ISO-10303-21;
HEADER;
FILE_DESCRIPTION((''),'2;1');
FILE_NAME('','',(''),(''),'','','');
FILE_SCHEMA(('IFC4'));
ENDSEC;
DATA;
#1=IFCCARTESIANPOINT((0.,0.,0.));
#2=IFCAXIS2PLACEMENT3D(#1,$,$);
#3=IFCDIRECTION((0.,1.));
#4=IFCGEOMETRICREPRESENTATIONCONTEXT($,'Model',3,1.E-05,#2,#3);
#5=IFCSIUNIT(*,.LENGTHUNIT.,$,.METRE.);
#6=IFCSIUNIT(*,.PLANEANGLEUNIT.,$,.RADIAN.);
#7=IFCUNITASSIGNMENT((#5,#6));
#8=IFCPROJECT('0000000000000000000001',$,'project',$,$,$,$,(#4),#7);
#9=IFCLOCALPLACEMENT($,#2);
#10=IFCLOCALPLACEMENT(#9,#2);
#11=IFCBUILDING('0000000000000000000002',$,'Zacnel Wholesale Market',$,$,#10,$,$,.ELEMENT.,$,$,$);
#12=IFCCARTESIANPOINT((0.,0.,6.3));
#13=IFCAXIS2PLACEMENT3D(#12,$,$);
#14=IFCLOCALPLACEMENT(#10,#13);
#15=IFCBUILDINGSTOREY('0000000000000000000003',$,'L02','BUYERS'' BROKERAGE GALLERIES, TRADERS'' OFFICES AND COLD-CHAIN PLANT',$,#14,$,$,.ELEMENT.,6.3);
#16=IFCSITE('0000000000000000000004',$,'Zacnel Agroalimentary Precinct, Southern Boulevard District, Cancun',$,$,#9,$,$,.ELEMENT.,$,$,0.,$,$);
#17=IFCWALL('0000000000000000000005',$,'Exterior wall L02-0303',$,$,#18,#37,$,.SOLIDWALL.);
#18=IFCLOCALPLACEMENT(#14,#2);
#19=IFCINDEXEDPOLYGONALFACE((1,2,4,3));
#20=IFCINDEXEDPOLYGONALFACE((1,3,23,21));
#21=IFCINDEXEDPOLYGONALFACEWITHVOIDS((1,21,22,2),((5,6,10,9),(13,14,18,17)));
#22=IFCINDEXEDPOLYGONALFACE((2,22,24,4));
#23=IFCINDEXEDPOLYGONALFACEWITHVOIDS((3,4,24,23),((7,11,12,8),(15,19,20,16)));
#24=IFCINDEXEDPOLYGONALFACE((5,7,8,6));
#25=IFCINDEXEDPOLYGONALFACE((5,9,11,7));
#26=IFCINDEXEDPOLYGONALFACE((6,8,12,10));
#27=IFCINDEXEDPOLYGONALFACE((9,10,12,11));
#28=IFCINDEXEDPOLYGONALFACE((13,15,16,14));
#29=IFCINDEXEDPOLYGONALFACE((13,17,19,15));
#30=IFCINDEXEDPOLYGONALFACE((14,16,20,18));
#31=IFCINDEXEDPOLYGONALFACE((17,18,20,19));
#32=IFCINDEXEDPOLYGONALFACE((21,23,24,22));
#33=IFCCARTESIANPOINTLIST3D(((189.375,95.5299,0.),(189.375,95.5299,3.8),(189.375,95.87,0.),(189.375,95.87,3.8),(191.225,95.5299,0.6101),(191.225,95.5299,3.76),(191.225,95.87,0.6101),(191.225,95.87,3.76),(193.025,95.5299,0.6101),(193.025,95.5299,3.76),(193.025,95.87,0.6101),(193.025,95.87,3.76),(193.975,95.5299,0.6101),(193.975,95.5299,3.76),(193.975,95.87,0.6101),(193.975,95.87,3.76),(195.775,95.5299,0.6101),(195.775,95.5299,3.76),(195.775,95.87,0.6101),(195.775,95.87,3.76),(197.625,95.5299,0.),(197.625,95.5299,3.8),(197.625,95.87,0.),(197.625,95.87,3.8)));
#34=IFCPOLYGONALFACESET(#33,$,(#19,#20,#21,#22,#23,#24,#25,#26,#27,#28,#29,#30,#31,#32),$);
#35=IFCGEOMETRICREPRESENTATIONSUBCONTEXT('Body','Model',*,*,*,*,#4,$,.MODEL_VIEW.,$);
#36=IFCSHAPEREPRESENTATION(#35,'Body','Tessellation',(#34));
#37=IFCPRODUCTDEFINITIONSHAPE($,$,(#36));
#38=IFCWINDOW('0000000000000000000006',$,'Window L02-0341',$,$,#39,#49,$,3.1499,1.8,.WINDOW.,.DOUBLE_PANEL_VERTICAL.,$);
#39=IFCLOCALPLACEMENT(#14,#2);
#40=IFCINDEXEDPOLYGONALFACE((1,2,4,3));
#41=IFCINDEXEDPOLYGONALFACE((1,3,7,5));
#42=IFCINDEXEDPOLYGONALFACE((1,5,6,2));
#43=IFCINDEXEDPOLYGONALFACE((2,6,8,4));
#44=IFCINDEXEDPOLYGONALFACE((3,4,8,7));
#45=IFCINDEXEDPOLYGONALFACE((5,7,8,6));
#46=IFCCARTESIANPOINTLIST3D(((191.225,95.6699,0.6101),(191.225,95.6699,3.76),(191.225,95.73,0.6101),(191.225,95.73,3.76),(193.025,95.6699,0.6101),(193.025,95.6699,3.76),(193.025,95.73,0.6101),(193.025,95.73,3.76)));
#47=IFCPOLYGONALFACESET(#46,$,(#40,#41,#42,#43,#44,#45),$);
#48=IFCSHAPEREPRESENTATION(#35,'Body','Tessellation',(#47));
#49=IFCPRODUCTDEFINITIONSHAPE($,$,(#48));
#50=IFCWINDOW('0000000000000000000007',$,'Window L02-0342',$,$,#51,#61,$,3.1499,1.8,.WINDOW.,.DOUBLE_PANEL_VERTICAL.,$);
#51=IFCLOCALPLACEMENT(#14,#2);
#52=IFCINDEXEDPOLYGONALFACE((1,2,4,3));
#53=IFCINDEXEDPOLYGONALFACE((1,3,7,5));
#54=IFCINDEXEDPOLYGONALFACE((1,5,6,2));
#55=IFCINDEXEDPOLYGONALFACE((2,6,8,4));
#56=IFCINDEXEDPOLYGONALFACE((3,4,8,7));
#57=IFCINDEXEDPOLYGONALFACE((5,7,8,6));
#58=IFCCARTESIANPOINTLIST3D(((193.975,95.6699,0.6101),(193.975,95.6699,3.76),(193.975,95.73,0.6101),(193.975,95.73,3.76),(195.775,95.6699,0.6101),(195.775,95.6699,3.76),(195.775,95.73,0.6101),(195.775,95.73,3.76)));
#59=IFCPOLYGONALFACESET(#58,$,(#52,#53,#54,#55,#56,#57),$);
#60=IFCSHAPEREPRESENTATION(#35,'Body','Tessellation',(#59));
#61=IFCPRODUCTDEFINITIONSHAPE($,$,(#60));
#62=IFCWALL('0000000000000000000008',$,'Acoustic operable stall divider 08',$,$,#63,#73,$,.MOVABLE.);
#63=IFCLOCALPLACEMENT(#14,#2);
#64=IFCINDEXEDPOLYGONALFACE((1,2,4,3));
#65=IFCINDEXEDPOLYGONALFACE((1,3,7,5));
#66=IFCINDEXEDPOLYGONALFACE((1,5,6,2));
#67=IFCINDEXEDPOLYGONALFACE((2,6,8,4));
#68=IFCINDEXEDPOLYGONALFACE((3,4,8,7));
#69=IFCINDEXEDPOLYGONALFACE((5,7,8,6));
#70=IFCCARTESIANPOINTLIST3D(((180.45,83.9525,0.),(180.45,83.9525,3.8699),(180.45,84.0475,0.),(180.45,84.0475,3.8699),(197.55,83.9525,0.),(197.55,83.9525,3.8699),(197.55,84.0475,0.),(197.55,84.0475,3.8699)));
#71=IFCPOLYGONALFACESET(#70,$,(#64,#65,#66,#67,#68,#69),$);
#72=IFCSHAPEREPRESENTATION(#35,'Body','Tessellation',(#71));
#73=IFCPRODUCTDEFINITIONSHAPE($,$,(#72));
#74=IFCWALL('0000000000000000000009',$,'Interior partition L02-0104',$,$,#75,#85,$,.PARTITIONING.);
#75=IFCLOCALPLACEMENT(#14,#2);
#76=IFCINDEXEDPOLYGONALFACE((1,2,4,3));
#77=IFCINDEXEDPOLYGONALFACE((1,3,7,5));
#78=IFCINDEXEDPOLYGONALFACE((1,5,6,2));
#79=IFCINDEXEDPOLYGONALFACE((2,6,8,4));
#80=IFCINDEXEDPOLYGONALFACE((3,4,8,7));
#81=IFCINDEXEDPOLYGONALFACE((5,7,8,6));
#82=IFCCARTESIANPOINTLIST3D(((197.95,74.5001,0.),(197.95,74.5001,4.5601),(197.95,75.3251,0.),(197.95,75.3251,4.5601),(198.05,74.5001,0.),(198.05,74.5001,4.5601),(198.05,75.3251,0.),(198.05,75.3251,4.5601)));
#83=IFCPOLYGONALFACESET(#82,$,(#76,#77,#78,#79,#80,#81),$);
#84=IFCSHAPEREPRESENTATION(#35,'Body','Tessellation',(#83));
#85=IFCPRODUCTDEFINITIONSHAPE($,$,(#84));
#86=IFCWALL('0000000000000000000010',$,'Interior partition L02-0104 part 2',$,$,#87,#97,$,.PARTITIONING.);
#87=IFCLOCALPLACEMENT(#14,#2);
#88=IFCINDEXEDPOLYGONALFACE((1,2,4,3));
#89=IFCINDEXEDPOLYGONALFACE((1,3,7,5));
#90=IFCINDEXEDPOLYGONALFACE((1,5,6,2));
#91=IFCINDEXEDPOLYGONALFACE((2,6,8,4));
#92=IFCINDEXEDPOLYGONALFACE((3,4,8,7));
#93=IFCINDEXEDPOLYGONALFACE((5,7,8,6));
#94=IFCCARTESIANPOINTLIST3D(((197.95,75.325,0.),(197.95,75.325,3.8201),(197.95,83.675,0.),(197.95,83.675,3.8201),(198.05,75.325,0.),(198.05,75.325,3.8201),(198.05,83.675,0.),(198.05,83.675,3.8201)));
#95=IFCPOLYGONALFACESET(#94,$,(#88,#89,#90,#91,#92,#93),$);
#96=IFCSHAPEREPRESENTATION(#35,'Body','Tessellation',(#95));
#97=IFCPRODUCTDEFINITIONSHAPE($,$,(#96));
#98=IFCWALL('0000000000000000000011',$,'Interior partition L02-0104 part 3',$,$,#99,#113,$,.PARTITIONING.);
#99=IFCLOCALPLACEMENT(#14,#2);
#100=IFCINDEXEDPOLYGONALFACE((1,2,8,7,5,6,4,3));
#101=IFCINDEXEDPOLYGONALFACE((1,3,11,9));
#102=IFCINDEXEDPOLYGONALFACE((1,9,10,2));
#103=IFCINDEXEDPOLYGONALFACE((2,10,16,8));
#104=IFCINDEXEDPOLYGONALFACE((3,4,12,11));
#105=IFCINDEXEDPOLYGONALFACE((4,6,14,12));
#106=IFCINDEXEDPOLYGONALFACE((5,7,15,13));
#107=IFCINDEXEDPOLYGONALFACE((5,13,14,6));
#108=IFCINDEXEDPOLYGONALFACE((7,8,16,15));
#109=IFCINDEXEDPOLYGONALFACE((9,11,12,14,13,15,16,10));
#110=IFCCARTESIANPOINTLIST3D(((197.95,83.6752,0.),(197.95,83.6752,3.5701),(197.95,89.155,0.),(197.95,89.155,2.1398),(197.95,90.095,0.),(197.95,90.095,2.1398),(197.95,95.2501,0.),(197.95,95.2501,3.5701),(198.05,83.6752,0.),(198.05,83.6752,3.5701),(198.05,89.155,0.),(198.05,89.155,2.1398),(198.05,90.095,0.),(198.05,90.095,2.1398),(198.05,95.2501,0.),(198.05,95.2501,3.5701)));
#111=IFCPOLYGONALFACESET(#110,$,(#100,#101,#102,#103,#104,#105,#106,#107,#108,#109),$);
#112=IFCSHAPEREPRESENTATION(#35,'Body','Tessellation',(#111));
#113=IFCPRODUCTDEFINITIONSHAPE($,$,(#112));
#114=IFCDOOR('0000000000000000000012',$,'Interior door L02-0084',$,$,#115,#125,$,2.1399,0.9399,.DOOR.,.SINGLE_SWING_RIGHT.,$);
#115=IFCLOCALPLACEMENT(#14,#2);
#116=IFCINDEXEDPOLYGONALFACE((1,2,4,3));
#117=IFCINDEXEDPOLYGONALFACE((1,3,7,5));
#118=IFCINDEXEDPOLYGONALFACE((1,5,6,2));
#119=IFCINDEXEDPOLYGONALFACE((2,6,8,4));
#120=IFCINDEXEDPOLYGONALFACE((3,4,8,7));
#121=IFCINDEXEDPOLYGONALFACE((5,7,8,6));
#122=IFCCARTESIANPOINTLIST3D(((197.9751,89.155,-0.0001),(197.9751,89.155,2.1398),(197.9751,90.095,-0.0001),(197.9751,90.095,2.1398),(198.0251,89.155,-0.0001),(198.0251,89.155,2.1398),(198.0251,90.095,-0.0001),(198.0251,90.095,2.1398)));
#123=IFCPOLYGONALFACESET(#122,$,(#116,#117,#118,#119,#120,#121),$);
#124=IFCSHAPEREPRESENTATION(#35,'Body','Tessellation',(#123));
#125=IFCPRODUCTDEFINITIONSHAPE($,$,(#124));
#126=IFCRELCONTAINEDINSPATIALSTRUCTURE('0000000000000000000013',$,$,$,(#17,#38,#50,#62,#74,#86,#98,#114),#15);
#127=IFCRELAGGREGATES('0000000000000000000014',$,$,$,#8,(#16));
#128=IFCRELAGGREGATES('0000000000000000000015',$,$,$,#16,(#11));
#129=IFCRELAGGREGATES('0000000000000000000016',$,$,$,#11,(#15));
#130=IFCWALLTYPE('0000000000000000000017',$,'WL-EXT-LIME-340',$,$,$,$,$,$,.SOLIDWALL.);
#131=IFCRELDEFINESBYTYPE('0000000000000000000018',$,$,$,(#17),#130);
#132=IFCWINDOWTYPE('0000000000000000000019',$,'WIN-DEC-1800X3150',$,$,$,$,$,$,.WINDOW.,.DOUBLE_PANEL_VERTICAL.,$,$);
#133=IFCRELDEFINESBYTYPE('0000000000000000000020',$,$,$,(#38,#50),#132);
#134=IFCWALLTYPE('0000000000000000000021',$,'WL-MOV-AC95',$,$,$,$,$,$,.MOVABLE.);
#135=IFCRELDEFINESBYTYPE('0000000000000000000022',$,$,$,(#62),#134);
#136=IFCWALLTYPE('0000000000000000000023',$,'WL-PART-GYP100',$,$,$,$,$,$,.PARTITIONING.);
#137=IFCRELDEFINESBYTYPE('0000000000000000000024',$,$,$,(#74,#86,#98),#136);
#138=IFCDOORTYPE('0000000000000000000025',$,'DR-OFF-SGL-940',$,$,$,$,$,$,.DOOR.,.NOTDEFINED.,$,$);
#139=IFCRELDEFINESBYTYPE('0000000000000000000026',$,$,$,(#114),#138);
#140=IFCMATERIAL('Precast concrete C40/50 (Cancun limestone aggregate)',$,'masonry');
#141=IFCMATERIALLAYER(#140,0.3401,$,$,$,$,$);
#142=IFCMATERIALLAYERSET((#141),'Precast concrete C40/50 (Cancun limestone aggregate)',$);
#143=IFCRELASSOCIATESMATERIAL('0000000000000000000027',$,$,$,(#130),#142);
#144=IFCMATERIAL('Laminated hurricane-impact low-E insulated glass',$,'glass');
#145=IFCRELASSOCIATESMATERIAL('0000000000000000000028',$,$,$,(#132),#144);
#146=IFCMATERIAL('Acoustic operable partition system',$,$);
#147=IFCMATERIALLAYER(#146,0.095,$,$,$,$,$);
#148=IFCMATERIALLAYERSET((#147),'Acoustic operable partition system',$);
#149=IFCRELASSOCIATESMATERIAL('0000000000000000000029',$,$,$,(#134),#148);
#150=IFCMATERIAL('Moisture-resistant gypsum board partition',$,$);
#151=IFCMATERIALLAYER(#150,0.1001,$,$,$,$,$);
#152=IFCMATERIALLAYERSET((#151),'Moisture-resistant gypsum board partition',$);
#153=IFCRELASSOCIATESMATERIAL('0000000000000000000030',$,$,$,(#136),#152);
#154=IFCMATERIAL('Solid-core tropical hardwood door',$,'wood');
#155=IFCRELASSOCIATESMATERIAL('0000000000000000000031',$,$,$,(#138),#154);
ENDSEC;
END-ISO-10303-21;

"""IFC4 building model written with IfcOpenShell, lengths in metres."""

from ifc_helpers import new_model, si_unit, direction, frame, frame_2d, origin, place, context, subcontext, project, spatial, rectangle, extrude, material, layer, layer_set, type_object, element, fill, save


model = new_model("IFC4")

# Units and contexts
model_context = context("Model", 3, precision=1e-05, world=origin(), true_north=direction((0.0, 1.0)))
body_context = subcontext(model_context, "Body", "Model", "MODEL_VIEW")
ifc_project = project(units=[si_unit("LENGTHUNIT", "METRE"), si_unit("PLANEANGLEUNIT", "RADIAN")], contexts=[model_context])

# Site, building, storey
site_placement = place(None, origin())
site = spatial("IfcSite", under=ifc_project, at=site_placement, Name="Zacnel Agroalimentary Precinct, Southern Boulevard District, Cancun", CompositionType="ELEMENT", RefElevation=0.0)
building_placement = place(site_placement, origin())
building = spatial("IfcBuilding", under=site, at=building_placement, Name="Zacnel Wholesale Market", CompositionType="ELEMENT")
storey_placement = place(building_placement, frame((0.0, 0.0, 6.3)))
storey = spatial("IfcBuildingStorey", under=building, at=storey_placement, Name="L02", Description="BUYERS' BROKERAGE GALLERIES, TRADERS' OFFICES AND COLD-CHAIN PLANT", CompositionType="ELEMENT", Elevation=6.3)

# Wall, openings, windows
ifc_material_1 = material(Name="Precast concrete C40/50 (Cancun limestone aggregate)", Category="masonry")
ifc_layer_1 = layer(ifc_material_1, 0.3401)
ifc_layer_set_1 = layer_set([ifc_layer_1], Name="Precast concrete C40/50 (Cancun limestone aggregate)")
wall_type_1 = type_object("IfcWallType", Name="WL-EXT-LIME-340", PredefinedType="SOLIDWALL", material=ifc_layer_set_1)
wall_1_placement = place(storey_placement, frame((189.375, 95.7, 0.0), z_axis=(0.0, 0.0, 1.0), x_axis=(1.0, 0.0, 0.0)))
wall_1 = element("IfcWall", 1, at=wall_1_placement, inside=storey, type_object=wall_type_1, Name="Exterior wall L02-0303", PredefinedType="SOLIDWALL", context=body_context, shape_type="SweptSolid", body=[
    extrude(rectangle(XDim=8.25, YDim=0.3401, at=frame_2d((4.125, 0.0))), origin(), (0.0, 0.0, 1.0), 3.8),
])
opening_1_placement = place(wall_1_placement, frame((1.8501, 0.0, 0.6101)))
opening_1 = element("IfcOpeningElement", 2, at=opening_1_placement, cuts=wall_1, PredefinedType="OPENING", context=body_context, shape_type="SweptSolid", body=[
    extrude(rectangle(XDim=1.8, YDim=3.1499, at=frame_2d((0.8999, 1.575))), frame((0.0, 0.1799, 0.0), z_axis=(0.0, -1.0, 0.0), x_axis=(1.0, 0.0, 0.0)), (0.0, 0.0, 1.0), 0.3601),
])
opening_2_placement = place(wall_1_placement, frame((4.6001, 0.0, 0.6101)))
opening_2 = element("IfcOpeningElement", 3, at=opening_2_placement, cuts=wall_1, PredefinedType="OPENING", context=body_context, shape_type="SweptSolid", body=[
    extrude(rectangle(XDim=1.8, YDim=3.1499, at=frame_2d((0.8999, 1.575))), frame((0.0, 0.1799, 0.0), z_axis=(0.0, -1.0, 0.0), x_axis=(1.0, 0.0, 0.0)), (0.0, 0.0, 1.0), 0.3601),
])
ifc_material_2 = material(Name="Laminated hurricane-impact low-E insulated glass", Category="glass")
window_type = type_object("IfcWindowType", Name="WIN-DEC-1800X3150", PartitioningType="DOUBLE_PANEL_VERTICAL", PredefinedType="WINDOW", material=ifc_material_2)
window_1_placement = place(opening_1_placement, origin())
window_1 = element("IfcWindow", 4, at=window_1_placement, inside=storey, type_object=window_type, Name="Window L02-0341", OverallHeight=3.1499, OverallWidth=1.8, PartitioningType="DOUBLE_PANEL_VERTICAL", PredefinedType="WINDOW", context=body_context, shape_type="SweptSolid", body=[
    extrude(rectangle(XDim=1.8, YDim=3.1499, at=frame_2d((0.8999, 1.575))), frame((0.0, 0.03, 0.0), z_axis=(0.0, -1.0, 0.0), x_axis=(1.0, 0.0, 0.0)), (0.0, 0.0, 1.0), 0.0601),
])
fill(opening_1, window_1)
window_2_placement = place(opening_2_placement, origin())
window_2 = element("IfcWindow", 5, at=window_2_placement, inside=storey, type_object=window_type, Name="Window L02-0342", OverallHeight=3.1499, OverallWidth=1.8, PartitioningType="DOUBLE_PANEL_VERTICAL", PredefinedType="WINDOW", context=body_context, shape_type="SweptSolid", body=[
    extrude(rectangle(XDim=1.8, YDim=3.1499, at=frame_2d((0.8999, 1.575))), frame((0.0, 0.03, 0.0), z_axis=(0.0, -1.0, 0.0), x_axis=(1.0, 0.0, 0.0)), (0.0, 0.0, 1.0), 0.0601),
])
fill(opening_2, window_2)

# Walls
ifc_material_3 = material(Name="Acoustic operable partition system")
ifc_layer_2 = layer(ifc_material_3, 0.095)
ifc_layer_set_2 = layer_set([ifc_layer_2], Name="Acoustic operable partition system")
wall_type_2 = type_object("IfcWallType", Name="WL-MOV-AC95", PredefinedType="MOVABLE", material=ifc_layer_set_2)
wall_2_placement = place(storey_placement, frame((180.45, 84.0, 0.0), z_axis=(0.0, 0.0, 1.0), x_axis=(1.0, 0.0, 0.0)))
element("IfcWall", 6, at=wall_2_placement, inside=storey, type_object=wall_type_2, Name="Acoustic operable stall divider 08", PredefinedType="MOVABLE", context=body_context, shape_type="SweptSolid", body=[
    extrude(rectangle(XDim=17.1001, YDim=0.095, at=frame_2d((8.55, 0.0))), origin(), (0.0, 0.0, 1.0), 3.8699),
])
ifc_material_4 = material(Name="Moisture-resistant gypsum board partition")
ifc_layer_3 = layer(ifc_material_4, 0.1001)
ifc_layer_set_3 = layer_set([ifc_layer_3], Name="Moisture-resistant gypsum board partition")
wall_type_3 = type_object("IfcWallType", Name="WL-PART-GYP100", PredefinedType="PARTITIONING", material=ifc_layer_set_3)
wall_3_placement = place(storey_placement, frame((198.0, 74.5, 0.0), z_axis=(0.0, 0.0, 1.0), x_axis=(0.0, 1.0, 0.0)))
element("IfcWall", 7, at=wall_3_placement, inside=storey, type_object=wall_type_3, Name="Interior partition L02-0104", PredefinedType="PARTITIONING", context=body_context, shape_type="SweptSolid", body=[
    extrude(rectangle(XDim=0.825, YDim=0.1001, at=frame_2d((0.4126, 0.0))), origin(), (0.0, 0.0, 1.0), 4.5601),
])
wall_4_placement = place(storey_placement, frame((198.0, 75.325, 0.0), z_axis=(0.0, 0.0, 1.0), x_axis=(0.0, 1.0, 0.0)))
element("IfcWall", 8, at=wall_4_placement, inside=storey, type_object=wall_type_3, Name="Interior partition L02-0104 part 2", PredefinedType="PARTITIONING", context=body_context, shape_type="SweptSolid", body=[
    extrude(rectangle(XDim=8.3501, YDim=0.1001, at=frame_2d((4.175, 0.0))), origin(), (0.0, 0.0, 1.0), 3.8201),
])

# Wall, opening, door
wall_5_placement = place(storey_placement, frame((198.0, 83.675, 0.0), z_axis=(0.0, 0.0, 1.0), x_axis=(0.0, 1.0, 0.0)))
wall_5 = element("IfcWall", 9, at=wall_5_placement, inside=storey, type_object=wall_type_3, Name="Interior partition L02-0104 part 3", PredefinedType="PARTITIONING", context=body_context, shape_type="SweptSolid", body=[
    extrude(rectangle(XDim=11.575, YDim=0.1001, at=frame_2d((5.7876, 0.0))), origin(), (0.0, 0.0, 1.0), 3.5701),
])
opening_3_placement = place(wall_5_placement, frame((5.48, 0.0, 0.0)))
opening_3 = element("IfcOpeningElement", 10, at=opening_3_placement, cuts=wall_5, PredefinedType="OPENING", context=body_context, shape_type="SweptSolid", body=[
    extrude(rectangle(XDim=0.9399, YDim=2.1399, at=frame_2d((0.47, 1.0698))), frame((0.0, 0.0601, 0.0), z_axis=(0.0, -1.0, 0.0), x_axis=(1.0, 0.0, 0.0)), (0.0, 0.0, 1.0), 0.1201),
])
ifc_material_5 = material(Name="Solid-core tropical hardwood door", Category="wood")
door_type_1 = type_object("IfcDoorType", Name="DR-OFF-SGL-940", OperationType="NOTDEFINED", PredefinedType="DOOR", material=ifc_material_5)
door_1_placement = place(opening_3_placement, origin())
door_1 = element("IfcDoor", 11, at=door_1_placement, inside=storey, type_object=door_type_1, Name="Interior door L02-0084", OperationType="SINGLE_SWING_RIGHT", OverallHeight=2.1399, OverallWidth=0.9399, PredefinedType="DOOR", context=body_context, shape_type="SweptSolid", body=[
    extrude(rectangle(XDim=0.9399, YDim=2.1399, at=frame_2d((0.47, 1.0698))), frame((0.0, 0.0249, 0.0), z_axis=(0.0, -1.0, 0.0), x_axis=(1.0, 0.0, 0.0)), (0.0, 0.0, 1.0), 0.05),
])
fill(opening_3, door_1)

save(model, "model.ifc")
